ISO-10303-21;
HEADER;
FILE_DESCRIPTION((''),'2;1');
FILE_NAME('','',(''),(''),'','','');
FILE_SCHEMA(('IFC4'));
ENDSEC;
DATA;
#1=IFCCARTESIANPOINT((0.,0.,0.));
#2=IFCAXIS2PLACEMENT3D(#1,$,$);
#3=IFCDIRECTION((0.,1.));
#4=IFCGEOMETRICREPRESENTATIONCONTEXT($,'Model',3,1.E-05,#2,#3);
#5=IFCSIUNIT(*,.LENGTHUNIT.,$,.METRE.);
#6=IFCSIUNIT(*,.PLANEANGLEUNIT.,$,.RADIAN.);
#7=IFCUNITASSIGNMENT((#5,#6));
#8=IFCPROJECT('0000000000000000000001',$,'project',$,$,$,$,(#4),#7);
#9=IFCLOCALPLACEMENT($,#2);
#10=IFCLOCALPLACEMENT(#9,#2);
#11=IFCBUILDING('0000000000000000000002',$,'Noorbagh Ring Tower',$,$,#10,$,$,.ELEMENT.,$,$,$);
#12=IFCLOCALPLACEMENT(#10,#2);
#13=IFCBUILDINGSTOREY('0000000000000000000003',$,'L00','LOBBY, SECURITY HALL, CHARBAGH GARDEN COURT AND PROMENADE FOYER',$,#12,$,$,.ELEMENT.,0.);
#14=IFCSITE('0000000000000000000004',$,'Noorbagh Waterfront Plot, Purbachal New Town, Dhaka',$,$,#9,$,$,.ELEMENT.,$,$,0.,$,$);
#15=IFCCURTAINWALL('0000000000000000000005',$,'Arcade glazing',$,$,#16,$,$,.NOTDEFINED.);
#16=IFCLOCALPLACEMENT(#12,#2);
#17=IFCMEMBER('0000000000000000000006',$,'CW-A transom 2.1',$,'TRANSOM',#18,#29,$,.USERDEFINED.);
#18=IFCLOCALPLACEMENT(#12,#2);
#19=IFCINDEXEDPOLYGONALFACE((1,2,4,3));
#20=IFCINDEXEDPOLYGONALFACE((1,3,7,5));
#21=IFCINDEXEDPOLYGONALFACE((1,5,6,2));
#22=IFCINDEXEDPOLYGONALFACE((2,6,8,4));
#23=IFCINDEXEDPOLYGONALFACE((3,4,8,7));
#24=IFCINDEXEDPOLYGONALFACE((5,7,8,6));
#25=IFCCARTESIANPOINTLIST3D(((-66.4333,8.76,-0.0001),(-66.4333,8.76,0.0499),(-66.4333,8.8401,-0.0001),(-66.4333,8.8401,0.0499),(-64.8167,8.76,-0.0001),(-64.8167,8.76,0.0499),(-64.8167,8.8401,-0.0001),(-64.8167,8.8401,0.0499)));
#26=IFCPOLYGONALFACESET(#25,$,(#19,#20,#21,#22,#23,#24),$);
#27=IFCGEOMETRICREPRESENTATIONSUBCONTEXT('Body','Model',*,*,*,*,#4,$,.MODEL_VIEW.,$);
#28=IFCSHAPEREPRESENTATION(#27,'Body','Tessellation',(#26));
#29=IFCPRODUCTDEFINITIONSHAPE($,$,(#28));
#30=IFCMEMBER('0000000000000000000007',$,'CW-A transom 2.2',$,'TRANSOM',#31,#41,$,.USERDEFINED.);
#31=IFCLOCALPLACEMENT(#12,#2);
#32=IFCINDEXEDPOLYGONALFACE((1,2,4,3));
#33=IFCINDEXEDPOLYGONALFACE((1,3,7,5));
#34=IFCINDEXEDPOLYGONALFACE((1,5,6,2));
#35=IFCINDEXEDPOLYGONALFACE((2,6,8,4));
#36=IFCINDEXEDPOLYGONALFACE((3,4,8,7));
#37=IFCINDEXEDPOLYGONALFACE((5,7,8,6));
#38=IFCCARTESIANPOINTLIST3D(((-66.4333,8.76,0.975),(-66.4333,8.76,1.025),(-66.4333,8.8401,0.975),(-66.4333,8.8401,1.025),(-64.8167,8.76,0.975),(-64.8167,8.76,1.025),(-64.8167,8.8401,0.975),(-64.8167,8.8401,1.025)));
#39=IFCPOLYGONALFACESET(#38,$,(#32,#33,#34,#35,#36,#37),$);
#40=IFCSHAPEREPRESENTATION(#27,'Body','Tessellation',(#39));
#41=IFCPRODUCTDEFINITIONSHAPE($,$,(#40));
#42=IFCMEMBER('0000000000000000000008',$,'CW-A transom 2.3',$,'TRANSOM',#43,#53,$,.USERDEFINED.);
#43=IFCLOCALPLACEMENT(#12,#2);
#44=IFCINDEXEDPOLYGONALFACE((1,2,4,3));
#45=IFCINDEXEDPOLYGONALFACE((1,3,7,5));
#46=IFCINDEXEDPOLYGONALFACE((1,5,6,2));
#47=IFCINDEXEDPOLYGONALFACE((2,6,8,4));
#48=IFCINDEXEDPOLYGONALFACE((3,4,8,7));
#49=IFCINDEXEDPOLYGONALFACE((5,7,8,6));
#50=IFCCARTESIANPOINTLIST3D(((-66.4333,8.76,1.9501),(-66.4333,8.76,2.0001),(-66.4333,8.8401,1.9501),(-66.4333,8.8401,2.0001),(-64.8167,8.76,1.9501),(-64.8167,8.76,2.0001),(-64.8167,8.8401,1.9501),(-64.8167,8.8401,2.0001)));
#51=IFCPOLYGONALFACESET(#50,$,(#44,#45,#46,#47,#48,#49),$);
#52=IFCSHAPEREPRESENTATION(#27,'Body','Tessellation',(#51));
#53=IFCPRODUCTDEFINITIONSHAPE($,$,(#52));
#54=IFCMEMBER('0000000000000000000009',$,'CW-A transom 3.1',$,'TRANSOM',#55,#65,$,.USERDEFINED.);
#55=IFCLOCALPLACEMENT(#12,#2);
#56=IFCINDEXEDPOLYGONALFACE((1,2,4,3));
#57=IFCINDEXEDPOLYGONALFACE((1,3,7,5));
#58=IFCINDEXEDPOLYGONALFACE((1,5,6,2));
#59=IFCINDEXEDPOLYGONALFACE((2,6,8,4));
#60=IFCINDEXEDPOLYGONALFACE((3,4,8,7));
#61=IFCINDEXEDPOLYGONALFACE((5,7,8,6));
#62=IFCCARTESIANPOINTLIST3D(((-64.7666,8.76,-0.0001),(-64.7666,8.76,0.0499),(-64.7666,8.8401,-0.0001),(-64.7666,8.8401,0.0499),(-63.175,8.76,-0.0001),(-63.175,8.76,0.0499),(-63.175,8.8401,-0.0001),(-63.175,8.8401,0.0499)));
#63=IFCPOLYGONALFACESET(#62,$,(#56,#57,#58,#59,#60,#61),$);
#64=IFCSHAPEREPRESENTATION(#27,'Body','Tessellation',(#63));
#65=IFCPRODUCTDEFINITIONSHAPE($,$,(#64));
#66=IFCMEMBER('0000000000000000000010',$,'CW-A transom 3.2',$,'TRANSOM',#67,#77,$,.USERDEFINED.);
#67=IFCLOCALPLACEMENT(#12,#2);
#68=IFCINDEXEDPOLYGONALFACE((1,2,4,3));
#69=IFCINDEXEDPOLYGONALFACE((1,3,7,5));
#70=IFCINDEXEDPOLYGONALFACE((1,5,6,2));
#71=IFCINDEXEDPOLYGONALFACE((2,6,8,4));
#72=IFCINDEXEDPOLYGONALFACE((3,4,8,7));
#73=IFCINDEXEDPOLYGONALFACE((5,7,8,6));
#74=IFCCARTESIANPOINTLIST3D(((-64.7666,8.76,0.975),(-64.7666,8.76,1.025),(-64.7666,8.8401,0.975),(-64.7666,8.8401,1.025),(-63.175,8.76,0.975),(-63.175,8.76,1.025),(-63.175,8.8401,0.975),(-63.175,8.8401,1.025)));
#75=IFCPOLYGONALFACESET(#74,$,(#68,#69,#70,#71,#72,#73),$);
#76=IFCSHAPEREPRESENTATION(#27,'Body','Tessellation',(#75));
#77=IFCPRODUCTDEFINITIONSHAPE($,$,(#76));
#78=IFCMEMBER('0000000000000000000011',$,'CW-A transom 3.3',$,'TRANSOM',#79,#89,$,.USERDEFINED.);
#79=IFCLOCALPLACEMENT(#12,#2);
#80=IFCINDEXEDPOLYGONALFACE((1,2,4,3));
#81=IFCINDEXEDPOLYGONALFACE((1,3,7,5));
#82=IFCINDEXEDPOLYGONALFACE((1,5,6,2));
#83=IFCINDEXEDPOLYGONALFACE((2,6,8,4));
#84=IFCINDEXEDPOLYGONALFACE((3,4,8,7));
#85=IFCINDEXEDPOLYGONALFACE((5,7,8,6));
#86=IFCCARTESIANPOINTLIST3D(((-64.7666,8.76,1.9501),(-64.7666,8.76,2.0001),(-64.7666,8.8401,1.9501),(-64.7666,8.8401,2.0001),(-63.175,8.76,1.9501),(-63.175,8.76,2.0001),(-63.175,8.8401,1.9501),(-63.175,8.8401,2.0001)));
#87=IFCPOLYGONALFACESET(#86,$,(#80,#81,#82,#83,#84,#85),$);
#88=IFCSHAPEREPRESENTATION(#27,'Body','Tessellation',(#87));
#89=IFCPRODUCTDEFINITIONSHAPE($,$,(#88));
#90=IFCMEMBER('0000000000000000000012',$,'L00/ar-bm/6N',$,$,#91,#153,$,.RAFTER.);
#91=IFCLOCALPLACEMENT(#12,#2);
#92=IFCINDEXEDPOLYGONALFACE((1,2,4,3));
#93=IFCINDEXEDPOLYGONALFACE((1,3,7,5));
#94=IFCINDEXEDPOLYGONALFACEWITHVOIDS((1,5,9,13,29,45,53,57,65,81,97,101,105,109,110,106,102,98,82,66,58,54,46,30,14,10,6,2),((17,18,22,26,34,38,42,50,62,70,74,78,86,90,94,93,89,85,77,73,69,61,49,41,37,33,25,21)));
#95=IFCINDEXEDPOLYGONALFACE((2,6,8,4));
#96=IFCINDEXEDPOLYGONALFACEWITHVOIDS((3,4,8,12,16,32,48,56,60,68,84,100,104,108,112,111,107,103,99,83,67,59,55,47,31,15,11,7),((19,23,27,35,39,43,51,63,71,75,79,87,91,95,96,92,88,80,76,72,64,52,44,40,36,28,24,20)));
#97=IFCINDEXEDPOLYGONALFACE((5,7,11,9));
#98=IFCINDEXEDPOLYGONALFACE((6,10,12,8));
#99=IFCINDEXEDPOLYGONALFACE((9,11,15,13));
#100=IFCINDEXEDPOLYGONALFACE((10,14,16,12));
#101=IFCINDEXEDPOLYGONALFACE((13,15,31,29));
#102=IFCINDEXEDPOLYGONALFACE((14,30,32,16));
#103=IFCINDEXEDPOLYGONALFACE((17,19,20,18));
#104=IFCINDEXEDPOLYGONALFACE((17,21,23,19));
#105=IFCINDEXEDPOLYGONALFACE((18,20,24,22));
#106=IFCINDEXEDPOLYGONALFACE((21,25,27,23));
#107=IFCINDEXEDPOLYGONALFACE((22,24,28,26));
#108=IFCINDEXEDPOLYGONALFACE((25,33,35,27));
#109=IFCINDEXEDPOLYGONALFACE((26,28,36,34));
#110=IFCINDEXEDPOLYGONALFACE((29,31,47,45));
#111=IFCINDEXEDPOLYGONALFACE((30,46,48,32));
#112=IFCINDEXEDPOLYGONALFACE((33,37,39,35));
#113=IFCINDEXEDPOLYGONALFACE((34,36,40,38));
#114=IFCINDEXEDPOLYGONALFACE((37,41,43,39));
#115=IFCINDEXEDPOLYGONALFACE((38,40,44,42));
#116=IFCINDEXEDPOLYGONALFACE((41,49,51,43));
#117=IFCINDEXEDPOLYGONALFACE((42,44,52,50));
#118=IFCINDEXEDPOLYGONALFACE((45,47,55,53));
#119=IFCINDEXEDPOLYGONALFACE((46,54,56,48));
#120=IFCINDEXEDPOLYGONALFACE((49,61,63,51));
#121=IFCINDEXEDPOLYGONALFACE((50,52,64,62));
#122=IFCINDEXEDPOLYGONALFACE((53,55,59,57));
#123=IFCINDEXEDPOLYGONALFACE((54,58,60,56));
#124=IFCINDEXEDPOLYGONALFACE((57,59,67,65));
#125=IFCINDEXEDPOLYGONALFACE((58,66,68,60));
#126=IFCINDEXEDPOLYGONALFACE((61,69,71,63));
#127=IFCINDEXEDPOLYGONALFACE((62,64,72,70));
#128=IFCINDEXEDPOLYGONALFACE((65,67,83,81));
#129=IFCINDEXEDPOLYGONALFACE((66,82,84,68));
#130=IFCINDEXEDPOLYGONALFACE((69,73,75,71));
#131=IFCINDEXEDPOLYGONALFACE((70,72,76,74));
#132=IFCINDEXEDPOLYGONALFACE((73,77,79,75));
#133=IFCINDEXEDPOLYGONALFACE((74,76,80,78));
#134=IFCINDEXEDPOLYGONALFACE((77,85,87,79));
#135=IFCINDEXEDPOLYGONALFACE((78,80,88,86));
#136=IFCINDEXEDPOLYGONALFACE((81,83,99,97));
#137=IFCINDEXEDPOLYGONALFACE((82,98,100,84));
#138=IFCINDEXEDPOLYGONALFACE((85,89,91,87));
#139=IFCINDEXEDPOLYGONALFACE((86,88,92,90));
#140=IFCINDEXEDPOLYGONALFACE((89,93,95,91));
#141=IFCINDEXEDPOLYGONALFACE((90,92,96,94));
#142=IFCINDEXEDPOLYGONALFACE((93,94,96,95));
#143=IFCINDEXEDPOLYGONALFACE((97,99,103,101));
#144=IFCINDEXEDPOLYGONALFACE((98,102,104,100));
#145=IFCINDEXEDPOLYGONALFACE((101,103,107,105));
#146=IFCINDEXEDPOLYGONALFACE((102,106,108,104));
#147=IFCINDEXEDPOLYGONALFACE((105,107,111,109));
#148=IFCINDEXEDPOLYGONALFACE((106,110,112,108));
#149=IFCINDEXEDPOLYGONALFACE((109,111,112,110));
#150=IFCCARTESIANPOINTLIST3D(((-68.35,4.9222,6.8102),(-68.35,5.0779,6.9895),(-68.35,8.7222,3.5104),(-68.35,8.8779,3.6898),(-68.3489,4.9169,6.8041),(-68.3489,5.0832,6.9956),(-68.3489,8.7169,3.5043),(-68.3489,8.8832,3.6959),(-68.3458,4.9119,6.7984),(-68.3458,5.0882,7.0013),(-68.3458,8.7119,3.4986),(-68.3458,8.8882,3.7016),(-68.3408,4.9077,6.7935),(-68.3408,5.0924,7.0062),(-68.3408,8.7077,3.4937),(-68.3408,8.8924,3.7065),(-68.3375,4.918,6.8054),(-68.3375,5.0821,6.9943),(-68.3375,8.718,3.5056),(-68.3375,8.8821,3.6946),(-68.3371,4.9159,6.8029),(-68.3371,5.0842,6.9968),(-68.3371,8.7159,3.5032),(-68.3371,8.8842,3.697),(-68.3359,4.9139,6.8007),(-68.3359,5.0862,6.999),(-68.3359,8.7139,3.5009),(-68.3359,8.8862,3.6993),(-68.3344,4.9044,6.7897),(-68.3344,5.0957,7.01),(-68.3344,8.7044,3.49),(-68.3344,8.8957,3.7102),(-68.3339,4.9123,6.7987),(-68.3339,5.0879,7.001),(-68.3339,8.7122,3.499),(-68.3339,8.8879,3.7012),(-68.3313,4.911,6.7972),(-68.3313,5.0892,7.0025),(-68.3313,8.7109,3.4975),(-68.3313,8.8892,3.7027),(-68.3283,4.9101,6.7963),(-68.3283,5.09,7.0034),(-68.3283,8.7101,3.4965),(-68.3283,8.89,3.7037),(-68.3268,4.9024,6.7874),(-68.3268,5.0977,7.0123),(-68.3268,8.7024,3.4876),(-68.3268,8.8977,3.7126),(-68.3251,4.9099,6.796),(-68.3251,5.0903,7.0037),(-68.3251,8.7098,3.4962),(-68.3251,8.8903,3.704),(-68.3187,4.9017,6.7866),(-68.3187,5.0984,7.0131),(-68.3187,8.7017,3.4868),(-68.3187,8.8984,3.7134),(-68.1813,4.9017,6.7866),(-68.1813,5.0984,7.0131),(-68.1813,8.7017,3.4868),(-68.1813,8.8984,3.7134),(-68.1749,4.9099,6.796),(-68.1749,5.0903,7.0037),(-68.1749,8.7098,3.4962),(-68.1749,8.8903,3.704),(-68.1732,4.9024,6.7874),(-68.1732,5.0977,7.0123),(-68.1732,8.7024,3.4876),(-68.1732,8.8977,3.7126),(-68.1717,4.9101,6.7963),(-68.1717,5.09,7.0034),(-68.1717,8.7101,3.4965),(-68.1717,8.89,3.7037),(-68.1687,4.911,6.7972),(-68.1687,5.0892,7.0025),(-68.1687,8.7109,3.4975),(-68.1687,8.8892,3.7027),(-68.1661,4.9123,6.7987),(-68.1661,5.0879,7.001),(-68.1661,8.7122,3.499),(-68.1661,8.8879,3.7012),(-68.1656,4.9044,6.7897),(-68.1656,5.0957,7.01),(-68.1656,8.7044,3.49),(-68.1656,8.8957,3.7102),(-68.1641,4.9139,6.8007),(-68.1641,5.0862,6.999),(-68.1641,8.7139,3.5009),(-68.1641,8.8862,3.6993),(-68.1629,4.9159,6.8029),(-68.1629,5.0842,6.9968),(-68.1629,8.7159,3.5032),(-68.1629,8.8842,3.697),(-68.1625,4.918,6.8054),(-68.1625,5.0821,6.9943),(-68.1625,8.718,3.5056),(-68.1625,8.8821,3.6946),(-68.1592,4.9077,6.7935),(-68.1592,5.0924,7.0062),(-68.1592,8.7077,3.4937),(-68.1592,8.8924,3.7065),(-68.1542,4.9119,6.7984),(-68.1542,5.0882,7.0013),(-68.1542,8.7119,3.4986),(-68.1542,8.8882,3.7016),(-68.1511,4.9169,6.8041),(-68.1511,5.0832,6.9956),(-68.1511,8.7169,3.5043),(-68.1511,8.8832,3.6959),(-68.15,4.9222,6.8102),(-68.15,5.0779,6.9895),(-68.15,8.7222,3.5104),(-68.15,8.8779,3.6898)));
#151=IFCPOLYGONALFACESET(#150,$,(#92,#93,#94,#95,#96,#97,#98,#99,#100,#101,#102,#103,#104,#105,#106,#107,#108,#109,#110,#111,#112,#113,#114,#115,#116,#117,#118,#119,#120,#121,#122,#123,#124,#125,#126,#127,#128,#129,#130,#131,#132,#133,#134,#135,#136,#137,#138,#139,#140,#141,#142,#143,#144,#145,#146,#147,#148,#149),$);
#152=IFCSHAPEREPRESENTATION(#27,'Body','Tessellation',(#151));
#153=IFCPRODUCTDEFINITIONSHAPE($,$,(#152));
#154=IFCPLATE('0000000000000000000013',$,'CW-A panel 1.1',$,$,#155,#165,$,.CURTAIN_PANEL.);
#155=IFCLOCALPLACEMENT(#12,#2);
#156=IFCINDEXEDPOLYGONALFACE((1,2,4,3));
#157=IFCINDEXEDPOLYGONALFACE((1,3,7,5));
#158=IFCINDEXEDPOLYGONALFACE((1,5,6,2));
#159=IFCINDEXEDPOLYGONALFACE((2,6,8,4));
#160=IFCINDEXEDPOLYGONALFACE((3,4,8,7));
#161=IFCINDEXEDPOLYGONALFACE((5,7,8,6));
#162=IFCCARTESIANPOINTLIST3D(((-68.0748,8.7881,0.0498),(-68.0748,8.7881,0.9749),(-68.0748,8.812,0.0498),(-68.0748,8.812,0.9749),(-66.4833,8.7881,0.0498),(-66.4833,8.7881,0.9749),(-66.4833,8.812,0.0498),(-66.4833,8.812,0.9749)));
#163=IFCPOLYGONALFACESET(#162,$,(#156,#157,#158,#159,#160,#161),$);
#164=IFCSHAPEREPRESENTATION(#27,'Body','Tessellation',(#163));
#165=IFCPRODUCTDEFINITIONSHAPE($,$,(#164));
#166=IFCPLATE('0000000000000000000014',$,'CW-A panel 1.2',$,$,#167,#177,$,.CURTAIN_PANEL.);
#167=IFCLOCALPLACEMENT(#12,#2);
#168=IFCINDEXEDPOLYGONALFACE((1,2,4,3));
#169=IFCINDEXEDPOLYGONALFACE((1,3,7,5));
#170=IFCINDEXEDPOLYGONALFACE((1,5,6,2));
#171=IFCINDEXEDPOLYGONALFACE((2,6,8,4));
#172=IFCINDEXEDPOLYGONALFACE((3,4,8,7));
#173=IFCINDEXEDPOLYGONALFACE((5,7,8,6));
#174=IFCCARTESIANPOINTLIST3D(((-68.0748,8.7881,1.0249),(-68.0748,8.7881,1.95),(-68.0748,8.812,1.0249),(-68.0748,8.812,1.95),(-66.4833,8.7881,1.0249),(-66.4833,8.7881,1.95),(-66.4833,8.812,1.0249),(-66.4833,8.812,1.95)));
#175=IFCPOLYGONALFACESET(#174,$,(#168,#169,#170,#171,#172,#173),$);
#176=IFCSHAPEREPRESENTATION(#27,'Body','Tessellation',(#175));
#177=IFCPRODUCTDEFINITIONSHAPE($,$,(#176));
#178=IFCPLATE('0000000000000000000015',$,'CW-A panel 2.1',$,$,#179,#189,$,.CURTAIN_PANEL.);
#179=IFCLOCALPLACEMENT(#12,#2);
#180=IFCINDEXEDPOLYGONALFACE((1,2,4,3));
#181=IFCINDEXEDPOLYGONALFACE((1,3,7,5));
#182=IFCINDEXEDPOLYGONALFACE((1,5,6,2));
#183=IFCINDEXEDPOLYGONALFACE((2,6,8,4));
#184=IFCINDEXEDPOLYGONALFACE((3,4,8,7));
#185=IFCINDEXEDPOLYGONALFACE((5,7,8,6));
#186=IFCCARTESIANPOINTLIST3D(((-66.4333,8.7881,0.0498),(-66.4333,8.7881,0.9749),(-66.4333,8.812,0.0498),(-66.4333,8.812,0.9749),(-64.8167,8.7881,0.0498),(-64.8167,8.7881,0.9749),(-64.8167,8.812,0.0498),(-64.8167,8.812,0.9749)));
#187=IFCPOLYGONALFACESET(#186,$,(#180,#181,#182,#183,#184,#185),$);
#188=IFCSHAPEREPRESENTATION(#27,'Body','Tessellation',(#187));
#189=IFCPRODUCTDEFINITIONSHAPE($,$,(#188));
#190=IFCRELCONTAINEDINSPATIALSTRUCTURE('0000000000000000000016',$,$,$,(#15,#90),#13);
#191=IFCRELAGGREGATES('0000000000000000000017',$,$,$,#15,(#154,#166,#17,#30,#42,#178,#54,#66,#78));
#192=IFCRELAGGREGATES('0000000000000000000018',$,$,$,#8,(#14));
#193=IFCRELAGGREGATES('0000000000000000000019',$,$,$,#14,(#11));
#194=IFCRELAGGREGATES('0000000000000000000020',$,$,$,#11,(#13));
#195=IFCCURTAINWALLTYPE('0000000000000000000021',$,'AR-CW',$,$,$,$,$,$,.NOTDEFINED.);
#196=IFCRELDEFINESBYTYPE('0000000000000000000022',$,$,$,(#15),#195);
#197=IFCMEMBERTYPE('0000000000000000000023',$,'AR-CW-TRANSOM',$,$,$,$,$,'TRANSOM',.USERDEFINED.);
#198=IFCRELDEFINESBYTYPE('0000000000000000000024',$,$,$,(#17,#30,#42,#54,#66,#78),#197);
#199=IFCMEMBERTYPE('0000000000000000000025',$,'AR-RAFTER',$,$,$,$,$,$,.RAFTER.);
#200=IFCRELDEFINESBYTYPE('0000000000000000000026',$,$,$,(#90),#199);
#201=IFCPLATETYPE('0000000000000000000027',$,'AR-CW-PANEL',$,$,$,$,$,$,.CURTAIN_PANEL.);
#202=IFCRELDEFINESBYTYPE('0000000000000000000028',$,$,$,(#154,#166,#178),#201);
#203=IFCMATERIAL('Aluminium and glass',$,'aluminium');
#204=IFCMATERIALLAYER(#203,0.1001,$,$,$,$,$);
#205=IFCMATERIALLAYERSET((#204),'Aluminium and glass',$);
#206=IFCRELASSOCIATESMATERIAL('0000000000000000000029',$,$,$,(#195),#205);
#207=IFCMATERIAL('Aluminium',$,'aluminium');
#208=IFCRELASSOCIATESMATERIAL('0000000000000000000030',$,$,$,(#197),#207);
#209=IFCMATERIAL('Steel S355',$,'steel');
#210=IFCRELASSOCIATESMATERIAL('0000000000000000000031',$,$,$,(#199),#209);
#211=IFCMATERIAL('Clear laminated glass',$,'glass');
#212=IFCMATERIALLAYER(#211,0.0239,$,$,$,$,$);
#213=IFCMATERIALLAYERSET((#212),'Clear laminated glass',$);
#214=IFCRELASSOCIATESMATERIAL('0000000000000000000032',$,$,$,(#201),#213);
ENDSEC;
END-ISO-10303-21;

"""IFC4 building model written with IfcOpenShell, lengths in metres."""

from ifc_helpers import new_model, si_unit, direction, frame, origin, origin_2d, place, context, subcontext, project, spatial, rectangle, hollow_rectangle, extrude, material, layer, layer_set, material_profile, profile_set, type_object, element, aggregate, save


model = new_model("IFC4")

# Units and contexts
model_context = context("Model", 3, precision=1e-05, world=origin(), true_north=direction((0.0, 1.0)))
body_context = subcontext(model_context, "Body", "Model", "MODEL_VIEW")
ifc_project = project(units=[si_unit("LENGTHUNIT", "METRE"), si_unit("PLANEANGLEUNIT", "RADIAN")], contexts=[model_context])

# Site, building, storey
site_placement = place(None, origin())
site = spatial("IfcSite", under=ifc_project, at=site_placement, Name="Noorbagh Waterfront Plot, Purbachal New Town, Dhaka", CompositionType="ELEMENT", RefElevation=0.0)
building_placement = place(site_placement, origin())
building = spatial("IfcBuilding", under=site, at=building_placement, Name="Noorbagh Ring Tower", CompositionType="ELEMENT")
storey_placement = place(building_placement, origin())
storey = spatial("IfcBuildingStorey", under=building, at=storey_placement, Name="L00", Description="LOBBY, SECURITY HALL, CHARBAGH GARDEN COURT AND PROMENADE FOYER", CompositionType="ELEMENT", Elevation=0.0)

# Curtain wall, members
ifc_material_1 = material(Name="Aluminium and glass", Category="aluminium")
ifc_layer_1 = layer(ifc_material_1, 0.1001)
ifc_layer_set_1 = layer_set([ifc_layer_1], Name="Aluminium and glass")
curtain_wall_type = type_object("IfcCurtainWallType", Name="AR-CW", PredefinedType="NOTDEFINED", material=ifc_layer_set_1)
curtain_wall_placement = place(storey_placement, origin())
curtain_wall = element("IfcCurtainWall", 1, at=curtain_wall_placement, inside=storey, type_object=curtain_wall_type, Name="Arcade glazing", PredefinedType="NOTDEFINED")
ifc_material_2 = material(Name="Aluminium", Category="aluminium")
ifc_material_profile_1 = material_profile(ifc_material_2, rectangle(XDim=0.0801, YDim=0.05, at=origin_2d()), Name="AL 80x50")
ifc_profile_set_1 = profile_set([ifc_material_profile_1], Name="Aluminium")
member_type_1 = type_object("IfcMemberType", Name="AR-CW-TRANSOM", ElementType="TRANSOM", PredefinedType="USERDEFINED", material=ifc_profile_set_1)
member_1_placement = place(storey_placement, frame((-66.4333, 8.8, 0.0249), z_axis=(1.0, 0.0, 0.0), x_axis=(0.0, 1.0, 0.0)))
member_1 = element("IfcMember", 2, at=member_1_placement, type_object=member_type_1, Name="CW-A transom 2.1", ObjectType="TRANSOM", PredefinedType="USERDEFINED", context=body_context, shape_type="SweptSolid", body=[
    extrude(rectangle(XDim=0.0801, YDim=0.05, at=origin_2d()), origin(), (0.0, 0.0, 1.0), 1.6167),
])
member_2_placement = place(storey_placement, frame((-66.4333, 8.8, 1.0), z_axis=(1.0, 0.0, 0.0), x_axis=(0.0, 1.0, 0.0)))
member_2 = element("IfcMember", 3, at=member_2_placement, type_object=member_type_1, Name="CW-A transom 2.2", ObjectType="TRANSOM", PredefinedType="USERDEFINED", context=body_context, shape_type="SweptSolid", body=[
    extrude(rectangle(XDim=0.0801, YDim=0.05, at=origin_2d()), origin(), (0.0, 0.0, 1.0), 1.6167),
])
member_3_placement = place(storey_placement, frame((-66.4333, 8.8, 1.9751), z_axis=(1.0, 0.0, 0.0), x_axis=(0.0, 1.0, 0.0)))
member_3 = element("IfcMember", 4, at=member_3_placement, type_object=member_type_1, Name="CW-A transom 2.3", ObjectType="TRANSOM", PredefinedType="USERDEFINED", context=body_context, shape_type="SweptSolid", body=[
    extrude(rectangle(XDim=0.0801, YDim=0.05, at=origin_2d()), origin(), (0.0, 0.0, 1.0), 1.6167),
])
member_4_placement = place(storey_placement, frame((-64.7666, 8.8, 0.0249), z_axis=(1.0, 0.0, 0.0), x_axis=(0.0, 1.0, 0.0)))
member_4 = element("IfcMember", 5, at=member_4_placement, type_object=member_type_1, Name="CW-A transom 3.1", ObjectType="TRANSOM", PredefinedType="USERDEFINED", context=body_context, shape_type="SweptSolid", body=[
    extrude(rectangle(XDim=0.0801, YDim=0.05, at=origin_2d()), origin(), (0.0, 0.0, 1.0), 1.5916),
])
member_5_placement = place(storey_placement, frame((-64.7666, 8.8, 1.0), z_axis=(1.0, 0.0, 0.0), x_axis=(0.0, 1.0, 0.0)))
member_5 = element("IfcMember", 6, at=member_5_placement, type_object=member_type_1, Name="CW-A transom 3.2", ObjectType="TRANSOM", PredefinedType="USERDEFINED", context=body_context, shape_type="SweptSolid", body=[
    extrude(rectangle(XDim=0.0801, YDim=0.05, at=origin_2d()), origin(), (0.0, 0.0, 1.0), 1.5916),
])
member_6_placement = place(storey_placement, frame((-64.7666, 8.8, 1.9751), z_axis=(1.0, 0.0, 0.0), x_axis=(0.0, 1.0, 0.0)))
member_6 = element("IfcMember", 7, at=member_6_placement, type_object=member_type_1, Name="CW-A transom 3.3", ObjectType="TRANSOM", PredefinedType="USERDEFINED", context=body_context, shape_type="SweptSolid", body=[
    extrude(rectangle(XDim=0.0801, YDim=0.05, at=origin_2d()), origin(), (0.0, 0.0, 1.0), 1.5916),
])

# Member
ifc_material_3 = material(Name="Steel S355", Category="steel")
ifc_material_profile_2 = material_profile(ifc_material_3, hollow_rectangle(XDim=0.2, YDim=0.3, WallThickness=0.0125, InnerFilletRadius=0.0125, OuterFilletRadius=0.0312, at=origin_2d()), Name="RHS300x200x12.5")
ifc_profile_set_2 = profile_set([ifc_material_profile_2], Name="Steel S355")
member_type_2 = type_object("IfcMemberType", Name="AR-RAFTER", PredefinedType="RAFTER", material=ifc_profile_set_2)
member_7_placement = place(storey_placement, frame((-68.25, 8.8, 3.6001), z_axis=(0.0, -0.755057, 0.65566), x_axis=(1.0, 0.0, 0.0)))
element("IfcMember", 8, at=member_7_placement, inside=storey, type_object=member_type_2, Name="L00/ar-bm/6N", PredefinedType="RAFTER", context=body_context, shape_type="SweptSolid", body=[
    extrude(hollow_rectangle(XDim=0.2, YDim=0.3, WallThickness=0.0125, InnerFilletRadius=0.0125, OuterFilletRadius=0.0312, at=origin_2d()), origin(), (0.0, 0.0, 1.0), 5.0327),
])

# Plates
ifc_material_4 = material(Name="Clear laminated glass", Category="glass")
ifc_layer_2 = layer(ifc_material_4, 0.0239)
ifc_layer_set_2 = layer_set([ifc_layer_2], Name="Clear laminated glass")
plate_type = type_object("IfcPlateType", Name="AR-CW-PANEL", PredefinedType="CURTAIN_PANEL", material=ifc_layer_set_2)
plate_1_placement = place(storey_placement, frame((-67.2791, 8.8, 0.0498), z_axis=(0.0, 0.0, 1.0), x_axis=(1.0, 0.0, 0.0)))
plate_1 = element("IfcPlate", 9, at=plate_1_placement, type_object=plate_type, Name="CW-A panel 1.1", PredefinedType="CURTAIN_PANEL", context=body_context, shape_type="SweptSolid", body=[
    extrude(rectangle(XDim=1.5916, YDim=0.0239, at=origin_2d()), origin(), (0.0, 0.0, 1.0), 0.925),
])
plate_2_placement = place(storey_placement, frame((-67.2791, 8.8, 1.0249), z_axis=(0.0, 0.0, 1.0), x_axis=(1.0, 0.0, 0.0)))
plate_2 = element("IfcPlate", 10, at=plate_2_placement, type_object=plate_type, Name="CW-A panel 1.2", PredefinedType="CURTAIN_PANEL", context=body_context, shape_type="SweptSolid", body=[
    extrude(rectangle(XDim=1.5916, YDim=0.0239, at=origin_2d()), origin(), (0.0, 0.0, 1.0), 0.925),
])
plate_3_placement = place(storey_placement, frame((-65.625, 8.8, 0.0498), z_axis=(0.0, 0.0, 1.0), x_axis=(1.0, 0.0, 0.0)))
plate_3 = element("IfcPlate", 11, at=plate_3_placement, type_object=plate_type, Name="CW-A panel 2.1", PredefinedType="CURTAIN_PANEL", context=body_context, shape_type="SweptSolid", body=[
    extrude(rectangle(XDim=1.6167, YDim=0.0239, at=origin_2d()), origin(), (0.0, 0.0, 1.0), 0.925),
])
aggregate(curtain_wall, [plate_1, plate_2, member_1, member_2, member_3, plate_3, member_4, member_5, member_6])

save(model, "model.ifc")
